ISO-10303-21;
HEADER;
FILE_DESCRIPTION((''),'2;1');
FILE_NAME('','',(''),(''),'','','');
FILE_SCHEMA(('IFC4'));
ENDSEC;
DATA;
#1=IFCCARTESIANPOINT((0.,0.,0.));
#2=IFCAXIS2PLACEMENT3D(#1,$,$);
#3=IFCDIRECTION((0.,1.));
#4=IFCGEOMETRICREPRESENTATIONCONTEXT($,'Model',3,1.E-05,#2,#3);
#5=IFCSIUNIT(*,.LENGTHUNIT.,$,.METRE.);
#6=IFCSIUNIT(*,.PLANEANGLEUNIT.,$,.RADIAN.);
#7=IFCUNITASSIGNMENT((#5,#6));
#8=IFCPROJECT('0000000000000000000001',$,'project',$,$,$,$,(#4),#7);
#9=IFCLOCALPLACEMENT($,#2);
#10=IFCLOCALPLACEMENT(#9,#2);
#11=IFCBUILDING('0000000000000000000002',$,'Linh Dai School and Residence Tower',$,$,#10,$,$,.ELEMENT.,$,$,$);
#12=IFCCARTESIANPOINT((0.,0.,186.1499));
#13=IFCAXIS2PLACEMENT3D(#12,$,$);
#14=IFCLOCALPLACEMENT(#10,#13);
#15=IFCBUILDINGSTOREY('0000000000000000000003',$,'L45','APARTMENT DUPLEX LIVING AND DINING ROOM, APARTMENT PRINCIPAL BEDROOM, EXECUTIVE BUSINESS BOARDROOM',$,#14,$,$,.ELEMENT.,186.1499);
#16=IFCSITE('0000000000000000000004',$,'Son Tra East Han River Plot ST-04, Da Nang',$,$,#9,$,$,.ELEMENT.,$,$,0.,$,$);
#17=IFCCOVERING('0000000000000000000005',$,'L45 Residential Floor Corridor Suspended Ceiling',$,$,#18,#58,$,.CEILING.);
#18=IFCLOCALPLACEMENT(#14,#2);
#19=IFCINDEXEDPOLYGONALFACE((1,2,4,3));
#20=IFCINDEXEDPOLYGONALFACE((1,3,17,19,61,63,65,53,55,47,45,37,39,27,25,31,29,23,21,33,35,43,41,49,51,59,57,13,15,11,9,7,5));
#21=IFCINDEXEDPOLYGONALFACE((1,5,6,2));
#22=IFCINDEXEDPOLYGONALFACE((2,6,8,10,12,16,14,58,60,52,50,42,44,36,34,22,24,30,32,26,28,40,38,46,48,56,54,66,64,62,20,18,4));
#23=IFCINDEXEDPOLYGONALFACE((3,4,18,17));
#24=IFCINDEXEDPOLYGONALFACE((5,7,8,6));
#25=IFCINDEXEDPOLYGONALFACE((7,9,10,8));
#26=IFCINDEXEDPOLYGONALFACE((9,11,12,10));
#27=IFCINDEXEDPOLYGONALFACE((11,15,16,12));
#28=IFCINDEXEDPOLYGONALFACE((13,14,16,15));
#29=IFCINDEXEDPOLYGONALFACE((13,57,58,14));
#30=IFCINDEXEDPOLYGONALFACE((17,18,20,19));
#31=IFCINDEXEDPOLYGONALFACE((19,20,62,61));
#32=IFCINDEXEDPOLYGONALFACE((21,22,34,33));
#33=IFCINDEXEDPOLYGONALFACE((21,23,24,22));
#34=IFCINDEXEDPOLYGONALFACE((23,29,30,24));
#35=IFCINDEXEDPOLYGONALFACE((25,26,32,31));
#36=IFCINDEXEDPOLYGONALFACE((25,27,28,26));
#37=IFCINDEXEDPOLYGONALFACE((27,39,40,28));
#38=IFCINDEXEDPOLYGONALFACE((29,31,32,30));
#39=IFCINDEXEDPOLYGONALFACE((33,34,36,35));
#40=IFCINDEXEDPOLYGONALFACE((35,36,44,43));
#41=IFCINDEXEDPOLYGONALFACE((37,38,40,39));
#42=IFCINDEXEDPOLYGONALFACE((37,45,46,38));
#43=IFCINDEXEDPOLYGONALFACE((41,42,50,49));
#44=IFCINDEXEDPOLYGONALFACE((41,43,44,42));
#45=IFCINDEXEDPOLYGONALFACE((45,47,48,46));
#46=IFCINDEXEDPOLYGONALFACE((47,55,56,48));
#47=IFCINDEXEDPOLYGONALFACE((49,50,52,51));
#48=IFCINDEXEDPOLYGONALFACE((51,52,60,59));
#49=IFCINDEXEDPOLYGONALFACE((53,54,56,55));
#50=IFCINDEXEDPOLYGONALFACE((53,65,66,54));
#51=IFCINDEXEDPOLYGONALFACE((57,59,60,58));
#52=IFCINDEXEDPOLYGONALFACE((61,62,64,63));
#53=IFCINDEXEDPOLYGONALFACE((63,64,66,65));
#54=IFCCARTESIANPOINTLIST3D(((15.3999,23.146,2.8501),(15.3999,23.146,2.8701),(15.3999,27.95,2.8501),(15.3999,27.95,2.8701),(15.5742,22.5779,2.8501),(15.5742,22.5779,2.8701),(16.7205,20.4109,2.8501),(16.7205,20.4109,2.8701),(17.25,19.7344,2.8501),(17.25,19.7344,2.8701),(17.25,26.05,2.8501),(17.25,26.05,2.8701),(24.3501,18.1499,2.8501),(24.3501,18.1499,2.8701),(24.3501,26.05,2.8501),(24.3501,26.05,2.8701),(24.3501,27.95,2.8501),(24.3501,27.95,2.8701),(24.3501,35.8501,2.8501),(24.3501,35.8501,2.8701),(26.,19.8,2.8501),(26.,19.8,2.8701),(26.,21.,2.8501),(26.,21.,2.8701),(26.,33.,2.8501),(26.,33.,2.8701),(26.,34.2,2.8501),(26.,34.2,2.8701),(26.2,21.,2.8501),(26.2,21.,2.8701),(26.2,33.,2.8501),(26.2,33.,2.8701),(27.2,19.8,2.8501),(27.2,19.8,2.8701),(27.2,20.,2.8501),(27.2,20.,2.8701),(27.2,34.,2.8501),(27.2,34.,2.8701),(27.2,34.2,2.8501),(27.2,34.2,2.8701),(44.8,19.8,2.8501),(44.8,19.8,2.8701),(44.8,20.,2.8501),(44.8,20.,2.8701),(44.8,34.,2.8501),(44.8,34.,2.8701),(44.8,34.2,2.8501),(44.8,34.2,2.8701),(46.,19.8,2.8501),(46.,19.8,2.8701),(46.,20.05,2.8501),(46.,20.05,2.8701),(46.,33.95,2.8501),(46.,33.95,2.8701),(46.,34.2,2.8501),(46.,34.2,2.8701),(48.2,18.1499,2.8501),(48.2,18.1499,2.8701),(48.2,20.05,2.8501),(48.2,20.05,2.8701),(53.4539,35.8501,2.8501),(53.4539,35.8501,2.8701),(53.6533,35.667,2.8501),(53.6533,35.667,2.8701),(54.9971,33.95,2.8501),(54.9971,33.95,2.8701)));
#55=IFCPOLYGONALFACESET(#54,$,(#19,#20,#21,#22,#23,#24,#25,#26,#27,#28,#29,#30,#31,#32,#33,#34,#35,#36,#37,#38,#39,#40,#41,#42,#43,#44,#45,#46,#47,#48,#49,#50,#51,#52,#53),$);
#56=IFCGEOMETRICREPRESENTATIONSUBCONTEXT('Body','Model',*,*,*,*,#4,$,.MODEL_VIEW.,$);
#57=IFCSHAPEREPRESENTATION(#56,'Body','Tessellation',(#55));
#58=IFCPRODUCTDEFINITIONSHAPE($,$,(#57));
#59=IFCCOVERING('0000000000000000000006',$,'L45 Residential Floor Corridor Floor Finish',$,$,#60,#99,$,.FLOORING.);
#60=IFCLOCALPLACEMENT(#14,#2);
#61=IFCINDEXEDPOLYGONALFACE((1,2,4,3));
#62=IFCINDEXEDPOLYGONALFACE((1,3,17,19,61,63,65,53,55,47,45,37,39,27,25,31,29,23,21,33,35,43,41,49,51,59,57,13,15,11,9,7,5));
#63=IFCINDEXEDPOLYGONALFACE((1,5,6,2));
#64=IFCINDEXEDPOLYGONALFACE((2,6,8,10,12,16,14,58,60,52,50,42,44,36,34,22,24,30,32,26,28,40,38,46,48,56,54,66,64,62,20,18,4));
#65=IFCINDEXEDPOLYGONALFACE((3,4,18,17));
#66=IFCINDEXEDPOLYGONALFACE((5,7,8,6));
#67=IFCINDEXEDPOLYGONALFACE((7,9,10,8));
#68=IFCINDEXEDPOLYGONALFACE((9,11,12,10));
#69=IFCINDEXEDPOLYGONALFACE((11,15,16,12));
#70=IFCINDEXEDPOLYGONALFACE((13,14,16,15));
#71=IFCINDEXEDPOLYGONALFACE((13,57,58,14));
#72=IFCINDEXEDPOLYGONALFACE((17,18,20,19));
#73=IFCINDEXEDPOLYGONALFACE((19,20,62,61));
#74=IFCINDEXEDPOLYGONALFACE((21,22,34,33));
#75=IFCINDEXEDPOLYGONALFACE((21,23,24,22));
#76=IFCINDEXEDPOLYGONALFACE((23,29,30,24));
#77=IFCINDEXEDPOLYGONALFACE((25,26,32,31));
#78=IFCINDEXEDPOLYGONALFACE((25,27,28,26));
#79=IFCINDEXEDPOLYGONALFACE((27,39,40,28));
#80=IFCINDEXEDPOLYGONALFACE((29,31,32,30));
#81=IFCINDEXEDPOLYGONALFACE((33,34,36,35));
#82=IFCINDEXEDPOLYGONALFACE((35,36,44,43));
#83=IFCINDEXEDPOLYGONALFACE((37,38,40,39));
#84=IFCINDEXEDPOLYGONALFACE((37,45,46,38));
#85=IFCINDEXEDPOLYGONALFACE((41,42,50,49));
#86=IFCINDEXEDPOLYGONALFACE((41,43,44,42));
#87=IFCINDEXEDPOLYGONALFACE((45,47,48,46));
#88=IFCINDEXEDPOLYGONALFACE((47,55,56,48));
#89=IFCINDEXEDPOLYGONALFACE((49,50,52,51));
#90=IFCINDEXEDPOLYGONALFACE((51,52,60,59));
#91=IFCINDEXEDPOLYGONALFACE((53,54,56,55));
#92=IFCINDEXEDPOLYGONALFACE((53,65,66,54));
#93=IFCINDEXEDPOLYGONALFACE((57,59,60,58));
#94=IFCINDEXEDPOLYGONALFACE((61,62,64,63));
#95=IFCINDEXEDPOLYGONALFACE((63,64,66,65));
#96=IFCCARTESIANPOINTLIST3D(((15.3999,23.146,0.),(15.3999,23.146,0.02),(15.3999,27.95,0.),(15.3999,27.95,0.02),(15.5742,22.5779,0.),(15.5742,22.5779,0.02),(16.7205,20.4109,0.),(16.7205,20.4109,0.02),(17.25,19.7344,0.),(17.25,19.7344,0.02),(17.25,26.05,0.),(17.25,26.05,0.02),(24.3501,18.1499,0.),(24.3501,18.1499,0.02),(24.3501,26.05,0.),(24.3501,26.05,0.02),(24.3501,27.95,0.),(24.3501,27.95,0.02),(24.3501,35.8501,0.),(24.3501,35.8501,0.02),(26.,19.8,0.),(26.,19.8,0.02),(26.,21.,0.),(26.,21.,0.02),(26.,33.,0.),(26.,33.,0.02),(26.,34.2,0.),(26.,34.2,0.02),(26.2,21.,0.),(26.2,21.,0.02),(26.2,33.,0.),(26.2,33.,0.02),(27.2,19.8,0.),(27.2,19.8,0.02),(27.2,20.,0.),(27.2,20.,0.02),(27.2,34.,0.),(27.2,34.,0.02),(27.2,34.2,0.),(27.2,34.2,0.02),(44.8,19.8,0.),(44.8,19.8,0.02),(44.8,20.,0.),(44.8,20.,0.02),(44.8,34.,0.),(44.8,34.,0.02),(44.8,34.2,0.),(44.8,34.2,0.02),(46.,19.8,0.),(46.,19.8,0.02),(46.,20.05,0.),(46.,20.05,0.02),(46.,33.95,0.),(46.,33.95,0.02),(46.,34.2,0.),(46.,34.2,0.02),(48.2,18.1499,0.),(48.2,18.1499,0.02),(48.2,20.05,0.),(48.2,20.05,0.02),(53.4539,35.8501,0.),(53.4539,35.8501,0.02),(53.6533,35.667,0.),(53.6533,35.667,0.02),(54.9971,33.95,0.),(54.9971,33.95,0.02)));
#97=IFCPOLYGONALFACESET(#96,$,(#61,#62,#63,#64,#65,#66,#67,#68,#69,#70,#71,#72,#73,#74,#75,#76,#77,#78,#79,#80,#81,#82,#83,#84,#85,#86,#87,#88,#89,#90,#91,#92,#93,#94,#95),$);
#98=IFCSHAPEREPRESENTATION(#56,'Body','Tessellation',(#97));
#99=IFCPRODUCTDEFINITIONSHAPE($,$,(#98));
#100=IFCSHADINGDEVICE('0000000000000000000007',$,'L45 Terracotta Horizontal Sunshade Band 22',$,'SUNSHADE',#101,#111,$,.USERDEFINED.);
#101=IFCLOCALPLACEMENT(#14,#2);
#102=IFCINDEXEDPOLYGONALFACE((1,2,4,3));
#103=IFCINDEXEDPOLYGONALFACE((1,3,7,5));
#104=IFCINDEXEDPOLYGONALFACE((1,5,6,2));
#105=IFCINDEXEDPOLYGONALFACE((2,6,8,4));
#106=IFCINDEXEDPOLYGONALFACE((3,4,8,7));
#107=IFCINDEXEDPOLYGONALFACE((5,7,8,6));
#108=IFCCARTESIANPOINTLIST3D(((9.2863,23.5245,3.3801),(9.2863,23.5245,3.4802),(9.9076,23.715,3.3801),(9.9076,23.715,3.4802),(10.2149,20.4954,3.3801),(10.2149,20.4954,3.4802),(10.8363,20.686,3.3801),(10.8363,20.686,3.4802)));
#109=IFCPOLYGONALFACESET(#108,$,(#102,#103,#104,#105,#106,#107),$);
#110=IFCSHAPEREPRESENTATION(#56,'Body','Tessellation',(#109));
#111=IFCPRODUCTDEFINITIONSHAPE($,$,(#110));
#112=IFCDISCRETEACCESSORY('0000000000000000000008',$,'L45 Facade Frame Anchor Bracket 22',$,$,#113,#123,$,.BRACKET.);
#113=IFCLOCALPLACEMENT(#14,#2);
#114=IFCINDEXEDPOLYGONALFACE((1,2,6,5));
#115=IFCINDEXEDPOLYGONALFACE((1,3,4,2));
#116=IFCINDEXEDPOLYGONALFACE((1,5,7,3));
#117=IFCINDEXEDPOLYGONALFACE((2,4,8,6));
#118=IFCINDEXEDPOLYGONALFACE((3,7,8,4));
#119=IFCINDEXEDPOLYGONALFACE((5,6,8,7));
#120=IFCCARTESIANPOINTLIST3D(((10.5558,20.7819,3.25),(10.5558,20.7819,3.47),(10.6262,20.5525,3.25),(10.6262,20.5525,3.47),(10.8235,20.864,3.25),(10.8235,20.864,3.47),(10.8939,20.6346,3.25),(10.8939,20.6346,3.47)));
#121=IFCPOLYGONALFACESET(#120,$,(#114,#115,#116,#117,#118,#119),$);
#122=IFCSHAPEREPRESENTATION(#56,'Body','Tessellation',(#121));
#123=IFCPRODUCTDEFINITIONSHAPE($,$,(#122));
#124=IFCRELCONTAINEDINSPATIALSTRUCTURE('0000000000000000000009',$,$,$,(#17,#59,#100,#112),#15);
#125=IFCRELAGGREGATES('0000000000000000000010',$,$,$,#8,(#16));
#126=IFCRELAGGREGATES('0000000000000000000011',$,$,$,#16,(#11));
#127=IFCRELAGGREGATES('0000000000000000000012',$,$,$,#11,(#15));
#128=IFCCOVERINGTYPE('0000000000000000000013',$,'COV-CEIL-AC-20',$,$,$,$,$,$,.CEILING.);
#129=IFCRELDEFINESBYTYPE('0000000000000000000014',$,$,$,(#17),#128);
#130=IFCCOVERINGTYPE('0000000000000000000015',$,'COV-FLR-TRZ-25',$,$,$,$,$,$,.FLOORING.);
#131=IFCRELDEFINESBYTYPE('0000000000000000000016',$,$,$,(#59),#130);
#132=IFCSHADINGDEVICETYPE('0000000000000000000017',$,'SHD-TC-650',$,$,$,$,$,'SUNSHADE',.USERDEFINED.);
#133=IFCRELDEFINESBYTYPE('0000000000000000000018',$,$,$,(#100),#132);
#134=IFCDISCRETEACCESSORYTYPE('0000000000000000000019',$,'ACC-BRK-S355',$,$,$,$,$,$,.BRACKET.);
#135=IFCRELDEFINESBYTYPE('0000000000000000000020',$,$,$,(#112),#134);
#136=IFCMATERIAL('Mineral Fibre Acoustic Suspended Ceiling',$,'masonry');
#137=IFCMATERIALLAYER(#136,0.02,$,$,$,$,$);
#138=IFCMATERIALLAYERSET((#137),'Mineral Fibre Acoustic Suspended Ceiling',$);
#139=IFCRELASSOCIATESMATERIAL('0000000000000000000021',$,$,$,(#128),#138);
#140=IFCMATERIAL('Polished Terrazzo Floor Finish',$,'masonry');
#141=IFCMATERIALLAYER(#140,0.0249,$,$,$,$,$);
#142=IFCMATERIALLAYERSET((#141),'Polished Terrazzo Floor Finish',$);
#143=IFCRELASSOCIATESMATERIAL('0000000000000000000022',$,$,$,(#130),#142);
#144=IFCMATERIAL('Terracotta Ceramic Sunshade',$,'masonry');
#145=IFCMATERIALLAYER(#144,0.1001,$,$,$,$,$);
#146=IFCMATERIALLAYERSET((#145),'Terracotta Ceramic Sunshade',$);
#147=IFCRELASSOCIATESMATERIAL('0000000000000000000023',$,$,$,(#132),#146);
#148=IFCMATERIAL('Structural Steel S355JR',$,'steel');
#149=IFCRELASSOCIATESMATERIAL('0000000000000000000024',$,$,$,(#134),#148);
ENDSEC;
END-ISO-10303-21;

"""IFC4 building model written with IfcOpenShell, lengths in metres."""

from ifc_helpers import new_model, si_unit, direction, frame, origin, origin_2d, place, context, subcontext, project, spatial, polyline, rectangle, outline, extrude, source, transform, mapped, material, layer, layer_set, type_object, element, save


model = new_model("IFC4")

# Units and contexts
model_context = context("Model", 3, precision=1e-05, world=origin(), true_north=direction((0.0, 1.0)))
body_context = subcontext(model_context, "Body", "Model", "MODEL_VIEW")
ifc_project = project(units=[si_unit("LENGTHUNIT", "METRE"), si_unit("PLANEANGLEUNIT", "RADIAN")], contexts=[model_context])

# Site, building, storey
site_placement = place(None, origin())
site = spatial("IfcSite", under=ifc_project, at=site_placement, Name="Son Tra East Han River Plot ST-04, Da Nang", CompositionType="ELEMENT", RefElevation=0.0)
building_placement = place(site_placement, origin())
building = spatial("IfcBuilding", under=site, at=building_placement, Name="Linh Dai School and Residence Tower", CompositionType="ELEMENT")
storey_placement = place(building_placement, frame((0.0, 0.0, 186.1499)))
storey = spatial("IfcBuildingStorey", under=building, at=storey_placement, Name="L45", Description="APARTMENT DUPLEX LIVING AND DINING ROOM, APARTMENT PRINCIPAL BEDROOM, EXECUTIVE BUSINESS BOARDROOM", CompositionType="ELEMENT", Elevation=186.1499)

# Shared definitions
ifc_material_1 = material(Name="Structural Steel S355JR", Category="steel")

# Coverings
ifc_material_2 = material(Name="Mineral Fibre Acoustic Suspended Ceiling", Category="masonry")
ifc_layer_1 = layer(ifc_material_2, 0.02)
ifc_layer_set_1 = layer_set([ifc_layer_1], Name="Mineral Fibre Acoustic Suspended Ceiling")
covering_type_1 = type_object("IfcCoveringType", Name="COV-CEIL-AC-20", PredefinedType="CEILING", material=ifc_layer_set_1)
covering_1_placement = place(storey_placement, frame((0.0, 0.0, 2.8501)))
element("IfcCovering", 1, at=covering_1_placement, inside=storey, type_object=covering_type_1, Name="L45 Residential Floor Corridor Suspended Ceiling", PredefinedType="CEILING", context=body_context, shape_type="SweptSolid", body=[
    extrude(outline(polyline([(17.25, 19.7344), (16.7205, 20.4109), (15.5742, 22.5779), (15.3999, 23.146), (15.3999, 27.95), (24.3501, 27.95), (24.3501, 35.8501), (53.4539, 35.8501), (53.6533, 35.667), (54.9971, 33.95), (46.0, 33.95), (46.0, 34.2), (44.8, 34.2), (44.8, 34.0), (27.2, 34.0), (27.2, 34.2), (26.0, 34.2), (26.0, 33.0), (26.2, 33.0), (26.2, 21.0), (26.0, 21.0), (26.0, 19.8), (27.2, 19.8), (27.2, 20.0), (44.8, 20.0), (44.8, 19.8), (46.0, 19.8), (46.0, 20.05), (48.2, 20.05), (48.2, 18.1499), (24.3501, 18.1499), (24.3501, 26.05), (17.25, 26.05), (17.25, 19.7344)])), origin(), (0.0, 0.0, 1.0), 0.02),
])
ifc_material_3 = material(Name="Polished Terrazzo Floor Finish", Category="masonry")
ifc_layer_2 = layer(ifc_material_3, 0.0249)
ifc_layer_set_2 = layer_set([ifc_layer_2], Name="Polished Terrazzo Floor Finish")
covering_type_2 = type_object("IfcCoveringType", Name="COV-FLR-TRZ-25", PredefinedType="FLOORING", material=ifc_layer_set_2)
covering_2_placement = place(storey_placement, origin())
element("IfcCovering", 2, at=covering_2_placement, inside=storey, type_object=covering_type_2, Name="L45 Residential Floor Corridor Floor Finish", PredefinedType="FLOORING", context=body_context, shape_type="SweptSolid", body=[
    extrude(outline(polyline([(17.25, 19.7344), (16.7205, 20.4109), (15.5742, 22.5779), (15.3999, 23.146), (15.3999, 27.95), (24.3501, 27.95), (24.3501, 35.8501), (53.4539, 35.8501), (53.6533, 35.667), (54.9971, 33.95), (46.0, 33.95), (46.0, 34.2), (44.8, 34.2), (44.8, 34.0), (27.2, 34.0), (27.2, 34.2), (26.0, 34.2), (26.0, 33.0), (26.2, 33.0), (26.2, 21.0), (26.0, 21.0), (26.0, 19.8), (27.2, 19.8), (27.2, 20.0), (44.8, 20.0), (44.8, 19.8), (46.0, 19.8), (46.0, 20.05), (48.2, 20.05), (48.2, 18.1499), (24.3501, 18.1499), (24.3501, 26.05), (17.25, 26.05), (17.25, 19.7344)])), origin(), (0.0, 0.0, 1.0), 0.02),
])

# Shading device
ifc_material_4 = material(Name="Terracotta Ceramic Sunshade", Category="masonry")
ifc_layer_3 = layer(ifc_material_4, 0.1001)
ifc_layer_set_3 = layer_set([ifc_layer_3], Name="Terracotta Ceramic Sunshade")
shading_device_type = type_object("IfcShadingDeviceType", Name="SHD-TC-650", ElementType="SUNSHADE", PredefinedType="USERDEFINED", material=ifc_layer_set_3)
shared_shape_1 = source(origin(), body_context, "Body", "SweptSolid", [
    extrude(rectangle(XDim=3.1682, YDim=0.6499, at=origin_2d()), origin(), (0.0, 0.0, 1.0), 0.1001),
])
shading_device_placement = place(storey_placement, frame((10.0613, 22.1052, 3.3801), z_axis=(0.0, 0.0, 1.0), x_axis=(-0.293122, 0.956075, 0.0)))
element("IfcShadingDevice", 3, at=shading_device_placement, inside=storey, type_object=shading_device_type, Name="L45 Terracotta Horizontal Sunshade Band 22", ObjectType="SUNSHADE", PredefinedType="USERDEFINED", context=body_context, shape_type="MappedRepresentation", body=[
    mapped(shared_shape_1, transform((0.0, 0.0, 0.0), x_axis=(1.0, 0.0, 0.0), y_axis=(0.0, 1.0, 0.0), z_axis=(0.0, 0.0, 1.0), scale=1.0)),
])

# Discrete accessory
discrete_accessory_type = type_object("IfcDiscreteAccessoryType", Name="ACC-BRK-S355", PredefinedType="BRACKET", material=ifc_material_1)
shared_shape_2 = source(origin(), body_context, "Body", "SweptSolid", [
    extrude(rectangle(XDim=0.28, YDim=0.24, at=origin_2d()), origin(), (0.0, 0.0, 1.0), 0.22),
])
discrete_accessory_placement = place(storey_placement, frame((10.7249, 20.7083, 3.25), z_axis=(0.0, 0.0, 1.0), x_axis=(-0.956075, -0.293122, 0.0)))
element("IfcDiscreteAccessory", 4, at=discrete_accessory_placement, inside=storey, type_object=discrete_accessory_type, Name="L45 Facade Frame Anchor Bracket 22", PredefinedType="BRACKET", context=body_context, shape_type="MappedRepresentation", body=[
    mapped(shared_shape_2, transform((0.0, 0.0, 0.0), x_axis=(1.0, 0.0, 0.0), y_axis=(0.0, 1.0, 0.0), z_axis=(0.0, 0.0, 1.0), scale=1.0)),
])

save(model, "model.ifc")
